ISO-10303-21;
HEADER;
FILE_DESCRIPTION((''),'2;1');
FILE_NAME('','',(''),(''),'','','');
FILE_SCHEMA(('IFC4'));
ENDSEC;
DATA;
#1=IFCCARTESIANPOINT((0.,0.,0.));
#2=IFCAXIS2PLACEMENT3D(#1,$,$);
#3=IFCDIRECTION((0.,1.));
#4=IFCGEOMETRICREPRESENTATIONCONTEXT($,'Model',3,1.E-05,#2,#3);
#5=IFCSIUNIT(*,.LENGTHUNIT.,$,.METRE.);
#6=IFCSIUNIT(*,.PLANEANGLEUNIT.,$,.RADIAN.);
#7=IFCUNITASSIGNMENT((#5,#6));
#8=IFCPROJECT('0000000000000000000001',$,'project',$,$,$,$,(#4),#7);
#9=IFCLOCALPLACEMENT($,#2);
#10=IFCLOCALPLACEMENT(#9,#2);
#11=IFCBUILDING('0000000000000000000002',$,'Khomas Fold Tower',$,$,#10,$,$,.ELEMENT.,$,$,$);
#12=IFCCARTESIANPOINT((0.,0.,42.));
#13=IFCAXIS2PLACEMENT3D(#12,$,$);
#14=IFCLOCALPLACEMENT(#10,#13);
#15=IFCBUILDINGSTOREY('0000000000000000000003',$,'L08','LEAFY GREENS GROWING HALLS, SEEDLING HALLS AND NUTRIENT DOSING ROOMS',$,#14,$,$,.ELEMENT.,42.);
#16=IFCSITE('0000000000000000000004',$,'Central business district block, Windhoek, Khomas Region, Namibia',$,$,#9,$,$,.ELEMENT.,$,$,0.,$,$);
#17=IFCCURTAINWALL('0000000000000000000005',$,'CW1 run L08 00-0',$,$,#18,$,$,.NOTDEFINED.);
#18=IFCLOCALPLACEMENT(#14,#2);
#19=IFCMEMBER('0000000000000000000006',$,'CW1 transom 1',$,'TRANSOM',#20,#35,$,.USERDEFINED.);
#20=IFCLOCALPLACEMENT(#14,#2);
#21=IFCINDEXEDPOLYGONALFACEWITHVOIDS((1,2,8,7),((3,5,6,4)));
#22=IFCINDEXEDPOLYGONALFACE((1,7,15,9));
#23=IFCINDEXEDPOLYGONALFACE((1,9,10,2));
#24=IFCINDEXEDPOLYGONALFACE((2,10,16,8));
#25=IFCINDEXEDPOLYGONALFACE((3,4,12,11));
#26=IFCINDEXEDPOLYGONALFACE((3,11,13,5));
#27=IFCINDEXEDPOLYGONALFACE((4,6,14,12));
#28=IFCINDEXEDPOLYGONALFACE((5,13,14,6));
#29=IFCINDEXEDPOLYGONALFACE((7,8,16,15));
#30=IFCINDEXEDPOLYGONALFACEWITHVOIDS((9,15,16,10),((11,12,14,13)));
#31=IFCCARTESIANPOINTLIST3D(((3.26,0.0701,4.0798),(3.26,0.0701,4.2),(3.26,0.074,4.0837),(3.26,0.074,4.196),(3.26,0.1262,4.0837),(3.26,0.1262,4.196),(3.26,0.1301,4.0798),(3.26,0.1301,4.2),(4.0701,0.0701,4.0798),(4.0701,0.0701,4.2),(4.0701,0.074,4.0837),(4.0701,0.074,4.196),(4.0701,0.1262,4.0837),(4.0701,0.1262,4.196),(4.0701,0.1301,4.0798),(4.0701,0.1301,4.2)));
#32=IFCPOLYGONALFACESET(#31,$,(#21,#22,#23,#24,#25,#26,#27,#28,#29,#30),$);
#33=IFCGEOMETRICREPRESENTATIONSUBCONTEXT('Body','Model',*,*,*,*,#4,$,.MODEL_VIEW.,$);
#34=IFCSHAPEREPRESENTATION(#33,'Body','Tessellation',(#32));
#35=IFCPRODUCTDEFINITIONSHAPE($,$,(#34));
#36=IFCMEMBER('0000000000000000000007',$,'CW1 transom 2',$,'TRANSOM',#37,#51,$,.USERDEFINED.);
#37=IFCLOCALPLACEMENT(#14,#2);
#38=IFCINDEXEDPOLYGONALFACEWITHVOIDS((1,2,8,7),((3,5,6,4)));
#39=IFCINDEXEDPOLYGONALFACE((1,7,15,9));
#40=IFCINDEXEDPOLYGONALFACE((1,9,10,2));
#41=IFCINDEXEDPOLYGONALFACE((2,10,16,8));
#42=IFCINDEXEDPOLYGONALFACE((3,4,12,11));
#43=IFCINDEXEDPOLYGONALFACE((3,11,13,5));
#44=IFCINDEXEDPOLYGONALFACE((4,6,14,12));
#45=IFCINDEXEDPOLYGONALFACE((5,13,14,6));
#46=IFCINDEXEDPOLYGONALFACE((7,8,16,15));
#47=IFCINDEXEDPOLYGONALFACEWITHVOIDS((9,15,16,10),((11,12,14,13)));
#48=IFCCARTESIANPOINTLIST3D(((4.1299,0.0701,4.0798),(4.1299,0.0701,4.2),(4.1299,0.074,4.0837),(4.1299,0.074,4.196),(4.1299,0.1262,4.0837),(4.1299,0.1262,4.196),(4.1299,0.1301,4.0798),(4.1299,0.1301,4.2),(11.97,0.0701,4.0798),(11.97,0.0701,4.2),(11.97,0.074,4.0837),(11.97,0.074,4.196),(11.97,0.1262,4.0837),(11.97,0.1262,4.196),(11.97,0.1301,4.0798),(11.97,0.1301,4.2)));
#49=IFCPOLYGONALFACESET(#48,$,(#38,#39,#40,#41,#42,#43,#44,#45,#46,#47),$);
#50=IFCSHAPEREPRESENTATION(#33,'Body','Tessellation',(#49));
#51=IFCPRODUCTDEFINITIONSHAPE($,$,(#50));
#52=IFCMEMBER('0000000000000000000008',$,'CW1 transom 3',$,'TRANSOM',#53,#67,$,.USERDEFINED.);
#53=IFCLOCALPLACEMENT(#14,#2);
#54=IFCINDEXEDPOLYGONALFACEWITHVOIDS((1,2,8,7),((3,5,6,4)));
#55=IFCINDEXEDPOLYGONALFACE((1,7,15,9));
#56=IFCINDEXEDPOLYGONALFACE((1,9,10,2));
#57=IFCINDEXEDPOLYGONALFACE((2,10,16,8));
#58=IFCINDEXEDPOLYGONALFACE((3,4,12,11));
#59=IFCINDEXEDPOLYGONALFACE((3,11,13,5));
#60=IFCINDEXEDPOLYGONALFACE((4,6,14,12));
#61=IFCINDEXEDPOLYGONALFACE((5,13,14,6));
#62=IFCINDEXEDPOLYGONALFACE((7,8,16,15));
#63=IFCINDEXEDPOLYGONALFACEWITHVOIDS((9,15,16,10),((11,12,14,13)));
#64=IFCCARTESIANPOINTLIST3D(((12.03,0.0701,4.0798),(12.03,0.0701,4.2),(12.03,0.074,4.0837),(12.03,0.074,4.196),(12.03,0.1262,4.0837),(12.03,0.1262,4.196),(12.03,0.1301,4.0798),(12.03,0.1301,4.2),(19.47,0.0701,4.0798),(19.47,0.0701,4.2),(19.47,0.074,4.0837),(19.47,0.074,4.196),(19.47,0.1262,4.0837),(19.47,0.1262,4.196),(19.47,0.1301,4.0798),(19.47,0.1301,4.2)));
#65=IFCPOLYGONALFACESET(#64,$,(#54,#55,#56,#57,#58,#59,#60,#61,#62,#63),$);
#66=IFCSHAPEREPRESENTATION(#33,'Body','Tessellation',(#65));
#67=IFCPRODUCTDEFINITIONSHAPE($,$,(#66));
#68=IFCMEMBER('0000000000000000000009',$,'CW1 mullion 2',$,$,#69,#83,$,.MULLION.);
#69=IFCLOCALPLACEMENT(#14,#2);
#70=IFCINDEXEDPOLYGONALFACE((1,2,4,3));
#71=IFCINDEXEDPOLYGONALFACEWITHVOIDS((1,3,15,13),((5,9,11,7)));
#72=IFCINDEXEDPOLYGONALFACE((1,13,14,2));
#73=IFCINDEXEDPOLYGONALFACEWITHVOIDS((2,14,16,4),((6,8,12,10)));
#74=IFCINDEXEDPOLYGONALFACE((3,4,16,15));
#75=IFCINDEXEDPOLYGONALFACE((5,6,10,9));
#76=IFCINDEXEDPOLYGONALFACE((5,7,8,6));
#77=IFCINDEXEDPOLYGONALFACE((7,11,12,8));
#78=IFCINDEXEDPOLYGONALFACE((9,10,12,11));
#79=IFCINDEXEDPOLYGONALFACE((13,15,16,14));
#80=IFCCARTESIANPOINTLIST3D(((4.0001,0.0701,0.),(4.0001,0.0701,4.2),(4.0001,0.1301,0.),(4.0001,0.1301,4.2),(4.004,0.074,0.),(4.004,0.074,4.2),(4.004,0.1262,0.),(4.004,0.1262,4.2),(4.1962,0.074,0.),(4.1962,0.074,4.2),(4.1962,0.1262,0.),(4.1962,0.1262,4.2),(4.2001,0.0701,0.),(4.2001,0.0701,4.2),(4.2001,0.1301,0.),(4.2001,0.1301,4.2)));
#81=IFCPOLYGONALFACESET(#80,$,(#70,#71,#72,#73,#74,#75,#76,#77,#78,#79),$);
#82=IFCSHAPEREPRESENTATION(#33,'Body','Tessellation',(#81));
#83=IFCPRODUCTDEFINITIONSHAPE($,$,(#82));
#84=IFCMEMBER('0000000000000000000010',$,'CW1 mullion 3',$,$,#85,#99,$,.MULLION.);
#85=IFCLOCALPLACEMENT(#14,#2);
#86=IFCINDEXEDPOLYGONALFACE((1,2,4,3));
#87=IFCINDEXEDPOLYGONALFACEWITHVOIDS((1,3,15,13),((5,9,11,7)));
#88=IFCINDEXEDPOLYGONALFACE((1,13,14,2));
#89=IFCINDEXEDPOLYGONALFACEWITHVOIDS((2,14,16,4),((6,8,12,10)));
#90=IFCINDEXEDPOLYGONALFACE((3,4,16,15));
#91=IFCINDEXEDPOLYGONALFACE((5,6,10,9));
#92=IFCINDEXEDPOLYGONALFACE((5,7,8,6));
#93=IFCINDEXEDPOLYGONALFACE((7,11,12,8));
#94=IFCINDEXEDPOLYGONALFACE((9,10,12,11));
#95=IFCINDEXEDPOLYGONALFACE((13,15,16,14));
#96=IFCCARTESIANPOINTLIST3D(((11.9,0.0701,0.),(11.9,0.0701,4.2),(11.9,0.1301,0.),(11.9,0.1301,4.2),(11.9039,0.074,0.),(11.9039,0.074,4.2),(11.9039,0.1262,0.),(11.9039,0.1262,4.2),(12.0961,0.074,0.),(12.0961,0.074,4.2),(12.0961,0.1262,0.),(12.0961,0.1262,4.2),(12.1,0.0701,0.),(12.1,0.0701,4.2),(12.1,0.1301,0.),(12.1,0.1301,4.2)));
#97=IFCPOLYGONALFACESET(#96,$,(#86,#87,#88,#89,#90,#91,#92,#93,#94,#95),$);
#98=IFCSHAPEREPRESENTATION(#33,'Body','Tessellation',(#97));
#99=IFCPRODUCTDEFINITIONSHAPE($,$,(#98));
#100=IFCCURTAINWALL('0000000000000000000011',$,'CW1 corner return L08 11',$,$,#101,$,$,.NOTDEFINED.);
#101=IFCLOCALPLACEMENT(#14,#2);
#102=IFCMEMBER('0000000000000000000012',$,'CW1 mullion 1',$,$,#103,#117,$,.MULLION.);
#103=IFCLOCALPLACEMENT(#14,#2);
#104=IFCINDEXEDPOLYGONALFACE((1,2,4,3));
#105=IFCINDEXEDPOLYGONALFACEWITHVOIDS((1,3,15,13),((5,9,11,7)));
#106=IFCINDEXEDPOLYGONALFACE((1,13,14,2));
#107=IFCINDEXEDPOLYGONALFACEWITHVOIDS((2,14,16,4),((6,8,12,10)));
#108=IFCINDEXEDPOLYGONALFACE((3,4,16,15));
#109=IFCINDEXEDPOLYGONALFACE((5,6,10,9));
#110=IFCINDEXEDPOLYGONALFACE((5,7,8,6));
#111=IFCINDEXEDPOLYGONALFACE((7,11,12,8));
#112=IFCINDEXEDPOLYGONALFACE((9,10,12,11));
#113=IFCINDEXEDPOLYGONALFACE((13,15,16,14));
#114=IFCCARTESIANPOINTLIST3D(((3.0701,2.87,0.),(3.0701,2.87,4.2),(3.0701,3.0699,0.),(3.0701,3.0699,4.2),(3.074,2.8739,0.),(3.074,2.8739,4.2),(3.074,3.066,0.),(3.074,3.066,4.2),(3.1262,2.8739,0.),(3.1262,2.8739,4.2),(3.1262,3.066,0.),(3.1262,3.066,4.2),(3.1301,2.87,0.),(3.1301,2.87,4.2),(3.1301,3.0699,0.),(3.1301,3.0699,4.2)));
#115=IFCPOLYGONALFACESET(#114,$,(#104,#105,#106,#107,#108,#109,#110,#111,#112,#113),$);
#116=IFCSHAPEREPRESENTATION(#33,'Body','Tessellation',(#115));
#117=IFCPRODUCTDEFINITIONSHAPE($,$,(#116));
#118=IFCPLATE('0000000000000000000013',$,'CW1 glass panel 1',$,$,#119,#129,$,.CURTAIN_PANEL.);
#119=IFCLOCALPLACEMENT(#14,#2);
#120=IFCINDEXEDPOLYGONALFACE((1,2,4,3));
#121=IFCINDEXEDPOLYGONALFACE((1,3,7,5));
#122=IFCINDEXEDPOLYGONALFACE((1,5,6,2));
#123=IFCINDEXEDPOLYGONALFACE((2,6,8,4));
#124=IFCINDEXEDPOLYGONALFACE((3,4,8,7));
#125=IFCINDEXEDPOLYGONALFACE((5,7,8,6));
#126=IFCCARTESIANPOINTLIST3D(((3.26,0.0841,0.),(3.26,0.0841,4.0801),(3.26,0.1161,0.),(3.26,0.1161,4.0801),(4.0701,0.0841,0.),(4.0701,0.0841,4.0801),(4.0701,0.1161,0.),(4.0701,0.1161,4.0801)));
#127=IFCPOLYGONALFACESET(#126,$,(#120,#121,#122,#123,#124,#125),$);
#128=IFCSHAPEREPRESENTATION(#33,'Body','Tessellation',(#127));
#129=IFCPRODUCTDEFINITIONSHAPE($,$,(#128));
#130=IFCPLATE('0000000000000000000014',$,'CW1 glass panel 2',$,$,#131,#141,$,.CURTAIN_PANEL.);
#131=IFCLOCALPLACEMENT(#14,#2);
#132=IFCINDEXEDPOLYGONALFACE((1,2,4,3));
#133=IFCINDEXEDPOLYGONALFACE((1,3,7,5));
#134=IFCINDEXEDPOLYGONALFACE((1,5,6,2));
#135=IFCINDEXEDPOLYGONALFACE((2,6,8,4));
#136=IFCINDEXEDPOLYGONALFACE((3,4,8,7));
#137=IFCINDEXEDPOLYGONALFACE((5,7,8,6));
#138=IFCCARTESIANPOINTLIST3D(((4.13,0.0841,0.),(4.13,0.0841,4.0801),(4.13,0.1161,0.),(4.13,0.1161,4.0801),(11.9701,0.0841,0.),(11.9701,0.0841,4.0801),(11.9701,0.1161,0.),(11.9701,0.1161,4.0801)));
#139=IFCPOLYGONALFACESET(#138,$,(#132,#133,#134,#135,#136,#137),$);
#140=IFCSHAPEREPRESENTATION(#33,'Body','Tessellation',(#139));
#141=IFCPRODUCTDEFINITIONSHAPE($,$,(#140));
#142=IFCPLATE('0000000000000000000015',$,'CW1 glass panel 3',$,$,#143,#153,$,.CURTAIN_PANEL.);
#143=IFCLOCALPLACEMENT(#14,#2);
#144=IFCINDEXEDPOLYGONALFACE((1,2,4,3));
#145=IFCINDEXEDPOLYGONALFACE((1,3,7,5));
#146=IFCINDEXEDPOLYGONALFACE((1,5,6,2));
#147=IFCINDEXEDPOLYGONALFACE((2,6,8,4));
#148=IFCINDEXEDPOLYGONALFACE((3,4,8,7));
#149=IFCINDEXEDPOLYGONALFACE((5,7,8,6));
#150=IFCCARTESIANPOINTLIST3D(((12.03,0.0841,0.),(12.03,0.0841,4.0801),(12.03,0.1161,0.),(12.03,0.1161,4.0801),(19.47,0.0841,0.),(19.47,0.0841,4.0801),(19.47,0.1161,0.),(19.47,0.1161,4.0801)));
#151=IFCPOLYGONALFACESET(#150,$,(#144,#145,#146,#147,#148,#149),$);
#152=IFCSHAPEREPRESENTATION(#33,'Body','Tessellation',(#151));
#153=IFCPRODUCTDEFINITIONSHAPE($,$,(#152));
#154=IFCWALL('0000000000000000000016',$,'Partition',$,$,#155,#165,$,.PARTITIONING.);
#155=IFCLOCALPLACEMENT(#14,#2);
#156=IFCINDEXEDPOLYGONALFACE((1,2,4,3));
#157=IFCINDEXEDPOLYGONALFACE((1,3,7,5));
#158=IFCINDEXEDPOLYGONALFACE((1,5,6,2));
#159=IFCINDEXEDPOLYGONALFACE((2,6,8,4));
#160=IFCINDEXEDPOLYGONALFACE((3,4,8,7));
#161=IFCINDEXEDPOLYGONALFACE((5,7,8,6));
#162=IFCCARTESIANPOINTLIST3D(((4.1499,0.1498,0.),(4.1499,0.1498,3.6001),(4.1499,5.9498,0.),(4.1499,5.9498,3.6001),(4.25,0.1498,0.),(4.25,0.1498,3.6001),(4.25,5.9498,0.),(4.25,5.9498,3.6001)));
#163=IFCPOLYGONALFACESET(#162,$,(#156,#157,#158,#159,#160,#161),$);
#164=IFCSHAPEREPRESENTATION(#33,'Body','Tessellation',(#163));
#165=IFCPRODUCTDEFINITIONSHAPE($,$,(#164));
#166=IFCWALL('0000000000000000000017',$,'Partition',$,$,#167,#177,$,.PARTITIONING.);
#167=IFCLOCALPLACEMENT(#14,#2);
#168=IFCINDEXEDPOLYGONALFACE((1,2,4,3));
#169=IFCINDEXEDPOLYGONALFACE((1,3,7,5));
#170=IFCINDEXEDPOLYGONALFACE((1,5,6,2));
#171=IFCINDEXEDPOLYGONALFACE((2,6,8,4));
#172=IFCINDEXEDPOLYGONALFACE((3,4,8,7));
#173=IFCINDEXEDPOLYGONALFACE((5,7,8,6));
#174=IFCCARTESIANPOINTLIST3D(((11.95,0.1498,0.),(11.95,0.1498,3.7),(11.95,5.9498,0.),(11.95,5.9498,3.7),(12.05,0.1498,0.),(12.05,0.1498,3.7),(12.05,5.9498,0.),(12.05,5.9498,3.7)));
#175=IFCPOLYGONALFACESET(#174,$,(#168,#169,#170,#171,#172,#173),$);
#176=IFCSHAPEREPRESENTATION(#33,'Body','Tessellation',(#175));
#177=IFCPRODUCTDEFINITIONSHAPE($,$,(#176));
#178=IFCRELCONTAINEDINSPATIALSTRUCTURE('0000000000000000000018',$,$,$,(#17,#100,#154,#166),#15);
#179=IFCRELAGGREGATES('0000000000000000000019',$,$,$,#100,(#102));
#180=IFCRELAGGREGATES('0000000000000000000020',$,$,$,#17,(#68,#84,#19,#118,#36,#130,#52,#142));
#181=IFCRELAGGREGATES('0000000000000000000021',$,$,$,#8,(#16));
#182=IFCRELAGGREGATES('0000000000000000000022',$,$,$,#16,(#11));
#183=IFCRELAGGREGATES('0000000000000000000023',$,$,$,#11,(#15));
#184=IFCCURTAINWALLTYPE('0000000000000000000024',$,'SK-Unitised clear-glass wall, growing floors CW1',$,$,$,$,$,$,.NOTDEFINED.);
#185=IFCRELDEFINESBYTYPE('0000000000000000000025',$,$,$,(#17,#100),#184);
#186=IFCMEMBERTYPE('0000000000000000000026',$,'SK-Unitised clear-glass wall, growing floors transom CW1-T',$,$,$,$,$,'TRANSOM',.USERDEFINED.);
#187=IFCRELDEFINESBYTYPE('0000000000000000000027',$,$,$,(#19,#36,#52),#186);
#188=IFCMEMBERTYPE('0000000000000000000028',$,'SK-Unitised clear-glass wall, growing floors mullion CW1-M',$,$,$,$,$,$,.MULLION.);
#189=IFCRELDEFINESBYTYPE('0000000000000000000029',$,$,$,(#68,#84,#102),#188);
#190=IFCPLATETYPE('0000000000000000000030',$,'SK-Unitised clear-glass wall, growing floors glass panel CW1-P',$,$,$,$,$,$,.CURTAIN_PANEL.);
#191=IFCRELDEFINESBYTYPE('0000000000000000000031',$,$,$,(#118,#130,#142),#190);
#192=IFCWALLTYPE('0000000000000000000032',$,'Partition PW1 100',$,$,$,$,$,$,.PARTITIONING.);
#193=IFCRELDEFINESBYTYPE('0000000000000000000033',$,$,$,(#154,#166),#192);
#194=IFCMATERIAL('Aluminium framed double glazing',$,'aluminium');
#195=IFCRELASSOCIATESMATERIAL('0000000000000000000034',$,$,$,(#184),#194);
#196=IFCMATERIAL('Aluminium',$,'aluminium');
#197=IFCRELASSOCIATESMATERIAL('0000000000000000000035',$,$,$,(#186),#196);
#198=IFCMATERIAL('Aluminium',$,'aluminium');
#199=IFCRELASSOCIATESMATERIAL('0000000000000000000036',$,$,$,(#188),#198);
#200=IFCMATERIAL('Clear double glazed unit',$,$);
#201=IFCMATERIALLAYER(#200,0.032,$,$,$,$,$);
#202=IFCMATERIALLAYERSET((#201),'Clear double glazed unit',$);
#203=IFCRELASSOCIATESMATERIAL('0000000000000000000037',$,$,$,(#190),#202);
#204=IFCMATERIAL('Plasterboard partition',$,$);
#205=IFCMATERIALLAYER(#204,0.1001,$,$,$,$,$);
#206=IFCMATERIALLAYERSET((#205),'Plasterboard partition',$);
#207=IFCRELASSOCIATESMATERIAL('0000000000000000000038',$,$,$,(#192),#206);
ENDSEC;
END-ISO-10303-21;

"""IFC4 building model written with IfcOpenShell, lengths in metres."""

from ifc_helpers import new_model, si_unit, direction, frame, frame_2d, origin, origin_2d, place, context, subcontext, project, spatial, rectangle, hollow_rectangle, extrude, source, transform, mapped, material, layer, layer_set, material_profile, profile_set, type_object, element, aggregate, save


model = new_model("IFC4")

# Units and contexts
model_context = context("Model", 3, precision=1e-05, world=origin(), true_north=direction((0.0, 1.0)))
body_context = subcontext(model_context, "Body", "Model", "MODEL_VIEW")
ifc_project = project(units=[si_unit("LENGTHUNIT", "METRE"), si_unit("PLANEANGLEUNIT", "RADIAN")], contexts=[model_context])

# Site, building, storey
site_placement = place(None, origin())
site = spatial("IfcSite", under=ifc_project, at=site_placement, Name="Central business district block, Windhoek, Khomas Region, Namibia", CompositionType="ELEMENT", RefElevation=0.0)
building_placement = place(site_placement, origin())
building = spatial("IfcBuilding", under=site, at=building_placement, Name="Khomas Fold Tower", CompositionType="ELEMENT")
storey_placement = place(building_placement, frame((0.0, 0.0, 42.0)))
storey = spatial("IfcBuildingStorey", under=building, at=storey_placement, Name="L08", Description="LEAFY GREENS GROWING HALLS, SEEDLING HALLS AND NUTRIENT DOSING ROOMS", CompositionType="ELEMENT", Elevation=42.0)

# Curtain wall, members
ifc_material_1 = material(Name="Aluminium framed double glazing", Category="aluminium")
curtain_wall_type = type_object("IfcCurtainWallType", Name="SK-Unitised clear-glass wall, growing floors CW1", PredefinedType="NOTDEFINED", material=ifc_material_1)
curtain_wall_1_placement = place(storey_placement, origin())
curtain_wall_1 = element("IfcCurtainWall", 1, at=curtain_wall_1_placement, inside=storey, type_object=curtain_wall_type, Name="CW1 run L08 00-0", PredefinedType="NOTDEFINED")
ifc_material_2 = material(Name="Aluminium", Category="aluminium")
ifc_material_profile_1 = material_profile(ifc_material_2, hollow_rectangle(XDim=0.0601, YDim=0.1201, WallThickness=0.0039, at=origin_2d()), Name="SK-Unitised clear-glass wall, growing floors transom CW1-T")
ifc_profile_set_1 = profile_set([ifc_material_profile_1], Name="Aluminium")
member_type_1 = type_object("IfcMemberType", Name="SK-Unitised clear-glass wall, growing floors transom CW1-T", ElementType="TRANSOM", PredefinedType="USERDEFINED", material=ifc_profile_set_1)
shared_shape_1 = source(origin(), body_context, "Body", "SweptSolid", [
    extrude(hollow_rectangle(XDim=0.0601, YDim=0.1201, WallThickness=0.0039, at=origin_2d()), origin(), (0.0, 0.0, 1.0), 0.8101),
])
member_1_placement = place(storey_placement, frame((3.26, 0.1001, 4.1399), z_axis=(1.0, 0.0, 0.0), x_axis=(0.0, 1.0, 0.0)))
member_1 = element("IfcMember", 2, at=member_1_placement, type_object=member_type_1, Name="CW1 transom 1", ObjectType="TRANSOM", PredefinedType="USERDEFINED", context=body_context, shape_type="MappedRepresentation", body=[
    mapped(shared_shape_1, transform((0.0, 0.0, 0.0))),
])
shared_shape_2 = source(origin(), body_context, "Body", "SweptSolid", [
    extrude(hollow_rectangle(XDim=0.0601, YDim=0.1201, WallThickness=0.0039, at=origin_2d()), origin(), (0.0, 0.0, 1.0), 7.8401),
])
member_2_placement = place(storey_placement, frame((4.1299, 0.1001, 4.1399), z_axis=(1.0, 0.0, 0.0), x_axis=(0.0, 1.0, 0.0)))
member_2 = element("IfcMember", 3, at=member_2_placement, type_object=member_type_1, Name="CW1 transom 2", ObjectType="TRANSOM", PredefinedType="USERDEFINED", context=body_context, shape_type="MappedRepresentation", body=[
    mapped(shared_shape_2, transform((0.0, 0.0, 0.0))),
])
shared_shape_3 = source(origin(), body_context, "Body", "SweptSolid", [
    extrude(hollow_rectangle(XDim=0.0601, YDim=0.1201, WallThickness=0.0039, at=origin_2d()), origin(), (0.0, 0.0, 1.0), 7.4399),
])
member_3_placement = place(storey_placement, frame((12.03, 0.1001, 4.1399), z_axis=(1.0, 0.0, 0.0), x_axis=(0.0, 1.0, 0.0)))
member_3 = element("IfcMember", 4, at=member_3_placement, type_object=member_type_1, Name="CW1 transom 3", ObjectType="TRANSOM", PredefinedType="USERDEFINED", context=body_context, shape_type="MappedRepresentation", body=[
    mapped(shared_shape_3, transform((0.0, 0.0, 0.0))),
])
ifc_material_3 = material(Name="Aluminium", Category="aluminium")
ifc_material_profile_2 = material_profile(ifc_material_3, hollow_rectangle(XDim=0.0601, YDim=0.2, WallThickness=0.0039, at=origin_2d()), Name="SK-Unitised clear-glass wall, growing floors mullion CW1-M")
ifc_profile_set_2 = profile_set([ifc_material_profile_2], Name="Aluminium")
member_type_2 = type_object("IfcMemberType", Name="SK-Unitised clear-glass wall, growing floors mullion CW1-M", PredefinedType="MULLION", material=ifc_profile_set_2)
shared_shape_4 = source(origin(), body_context, "Body", "SweptSolid", [
    extrude(hollow_rectangle(XDim=0.0601, YDim=0.2, WallThickness=0.0039, at=origin_2d()), origin(), (0.0, 0.0, 1.0), 4.2),
])
member_4_placement = place(storey_placement, frame((4.1001, 0.1001, 0.0), z_axis=(0.0, 0.0, 1.0), x_axis=(0.0, 1.0, 0.0)))
member_4 = element("IfcMember", 5, at=member_4_placement, type_object=member_type_2, Name="CW1 mullion 2", PredefinedType="MULLION", context=body_context, shape_type="MappedRepresentation", body=[
    mapped(shared_shape_4, transform((0.0, 0.0, 0.0))),
])
member_5_placement = place(storey_placement, frame((12.0, 0.1001, 0.0), z_axis=(0.0, 0.0, 1.0), x_axis=(0.0, 1.0, 0.0)))
member_5 = element("IfcMember", 6, at=member_5_placement, type_object=member_type_2, Name="CW1 mullion 3", PredefinedType="MULLION", context=body_context, shape_type="MappedRepresentation", body=[
    mapped(shared_shape_4, transform((0.0, 0.0, 0.0))),
])

# Curtain wall, member
curtain_wall_2_placement = place(storey_placement, origin())
curtain_wall_2 = element("IfcCurtainWall", 7, at=curtain_wall_2_placement, inside=storey, type_object=curtain_wall_type, Name="CW1 corner return L08 11", PredefinedType="NOTDEFINED")
member_6_placement = place(storey_placement, frame((3.1001, 2.97, 0.0), z_axis=(0.0, 0.0, 1.0), x_axis=(1.0, 0.0, 0.0)))
member_6 = element("IfcMember", 8, at=member_6_placement, type_object=member_type_2, Name="CW1 mullion 1", PredefinedType="MULLION", context=body_context, shape_type="MappedRepresentation", body=[
    mapped(shared_shape_4, transform((0.0, 0.0, 0.0))),
])
aggregate(curtain_wall_2, [member_6])

# Plates
ifc_material_4 = material(Name="Clear double glazed unit")
ifc_layer_1 = layer(ifc_material_4, 0.032)
ifc_layer_set_1 = layer_set([ifc_layer_1], Name="Clear double glazed unit")
plate_type = type_object("IfcPlateType", Name="SK-Unitised clear-glass wall, growing floors glass panel CW1-P", PredefinedType="CURTAIN_PANEL", material=ifc_layer_set_1)
shared_shape_5 = source(origin(), body_context, "Body", "SweptSolid", [
    extrude(rectangle(XDim=0.8101, YDim=0.032, at=origin_2d()), origin(), (0.0, 0.0, 1.0), 4.0801),
])
plate_1_placement = place(storey_placement, frame((3.665, 0.1001, 0.0), z_axis=(0.0, 0.0, 1.0), x_axis=(1.0, 0.0, 0.0)))
plate_1 = element("IfcPlate", 9, at=plate_1_placement, type_object=plate_type, Name="CW1 glass panel 1", PredefinedType="CURTAIN_PANEL", context=body_context, shape_type="MappedRepresentation", body=[
    mapped(shared_shape_5, transform((0.0, 0.0, 0.0))),
])
shared_shape_6 = source(origin(), body_context, "Body", "SweptSolid", [
    extrude(rectangle(XDim=7.8401, YDim=0.032, at=origin_2d()), origin(), (0.0, 0.0, 1.0), 4.0801),
])
plate_2_placement = place(storey_placement, frame((8.05, 0.1001, 0.0), z_axis=(0.0, 0.0, 1.0), x_axis=(1.0, 0.0, 0.0)))
plate_2 = element("IfcPlate", 10, at=plate_2_placement, type_object=plate_type, Name="CW1 glass panel 2", PredefinedType="CURTAIN_PANEL", context=body_context, shape_type="MappedRepresentation", body=[
    mapped(shared_shape_6, transform((0.0, 0.0, 0.0))),
])
shared_shape_7 = source(origin(), body_context, "Body", "SweptSolid", [
    extrude(rectangle(XDim=7.4399, YDim=0.032, at=origin_2d()), origin(), (0.0, 0.0, 1.0), 4.0801),
])
plate_3_placement = place(storey_placement, frame((15.75, 0.1001, 0.0), z_axis=(0.0, 0.0, 1.0), x_axis=(1.0, 0.0, 0.0)))
plate_3 = element("IfcPlate", 11, at=plate_3_placement, type_object=plate_type, Name="CW1 glass panel 3", PredefinedType="CURTAIN_PANEL", context=body_context, shape_type="MappedRepresentation", body=[
    mapped(shared_shape_7, transform((0.0, 0.0, 0.0))),
])
aggregate(curtain_wall_1, [member_4, member_5, member_1, plate_1, member_2, plate_2, member_3, plate_3])

# Walls
ifc_material_5 = material(Name="Plasterboard partition")
ifc_layer_2 = layer(ifc_material_5, 0.1001)
ifc_layer_set_2 = layer_set([ifc_layer_2], Name="Plasterboard partition")
wall_type_1 = type_object("IfcWallType", Name="Partition PW1 100", PredefinedType="PARTITIONING", material=ifc_layer_set_2)
shared_shape_8 = source(origin(), body_context, "Body", "SweptSolid", [
    extrude(rectangle(XDim=5.8, YDim=0.1001, at=frame_2d((2.8999, 0.0))), origin(), (0.0, 0.0, 1.0), 3.6001),
])
wall_1_placement = place(storey_placement, frame((4.2, 0.1499, 0.0), z_axis=(0.0, 0.0, 1.0), x_axis=(0.0, 1.0, 0.0)))
element("IfcWall", 12, at=wall_1_placement, inside=storey, type_object=wall_type_1, Name="Partition", PredefinedType="PARTITIONING", context=body_context, shape_type="MappedRepresentation", body=[
    mapped(shared_shape_8, transform((0.0, 0.0, 0.0))),
])
shared_shape_9 = source(origin(), body_context, "Body", "SweptSolid", [
    extrude(rectangle(XDim=5.8, YDim=0.1001, at=frame_2d((2.8999, 0.0))), origin(), (0.0, 0.0, 1.0), 3.7),
])
wall_2_placement = place(storey_placement, frame((12.0, 0.1499, 0.0), z_axis=(0.0, 0.0, 1.0), x_axis=(0.0, 1.0, 0.0)))
element("IfcWall", 13, at=wall_2_placement, inside=storey, type_object=wall_type_1, Name="Partition", PredefinedType="PARTITIONING", context=body_context, shape_type="MappedRepresentation", body=[
    mapped(shared_shape_9, transform((0.0, 0.0, 0.0))),
])

save(model, "model.ifc")
